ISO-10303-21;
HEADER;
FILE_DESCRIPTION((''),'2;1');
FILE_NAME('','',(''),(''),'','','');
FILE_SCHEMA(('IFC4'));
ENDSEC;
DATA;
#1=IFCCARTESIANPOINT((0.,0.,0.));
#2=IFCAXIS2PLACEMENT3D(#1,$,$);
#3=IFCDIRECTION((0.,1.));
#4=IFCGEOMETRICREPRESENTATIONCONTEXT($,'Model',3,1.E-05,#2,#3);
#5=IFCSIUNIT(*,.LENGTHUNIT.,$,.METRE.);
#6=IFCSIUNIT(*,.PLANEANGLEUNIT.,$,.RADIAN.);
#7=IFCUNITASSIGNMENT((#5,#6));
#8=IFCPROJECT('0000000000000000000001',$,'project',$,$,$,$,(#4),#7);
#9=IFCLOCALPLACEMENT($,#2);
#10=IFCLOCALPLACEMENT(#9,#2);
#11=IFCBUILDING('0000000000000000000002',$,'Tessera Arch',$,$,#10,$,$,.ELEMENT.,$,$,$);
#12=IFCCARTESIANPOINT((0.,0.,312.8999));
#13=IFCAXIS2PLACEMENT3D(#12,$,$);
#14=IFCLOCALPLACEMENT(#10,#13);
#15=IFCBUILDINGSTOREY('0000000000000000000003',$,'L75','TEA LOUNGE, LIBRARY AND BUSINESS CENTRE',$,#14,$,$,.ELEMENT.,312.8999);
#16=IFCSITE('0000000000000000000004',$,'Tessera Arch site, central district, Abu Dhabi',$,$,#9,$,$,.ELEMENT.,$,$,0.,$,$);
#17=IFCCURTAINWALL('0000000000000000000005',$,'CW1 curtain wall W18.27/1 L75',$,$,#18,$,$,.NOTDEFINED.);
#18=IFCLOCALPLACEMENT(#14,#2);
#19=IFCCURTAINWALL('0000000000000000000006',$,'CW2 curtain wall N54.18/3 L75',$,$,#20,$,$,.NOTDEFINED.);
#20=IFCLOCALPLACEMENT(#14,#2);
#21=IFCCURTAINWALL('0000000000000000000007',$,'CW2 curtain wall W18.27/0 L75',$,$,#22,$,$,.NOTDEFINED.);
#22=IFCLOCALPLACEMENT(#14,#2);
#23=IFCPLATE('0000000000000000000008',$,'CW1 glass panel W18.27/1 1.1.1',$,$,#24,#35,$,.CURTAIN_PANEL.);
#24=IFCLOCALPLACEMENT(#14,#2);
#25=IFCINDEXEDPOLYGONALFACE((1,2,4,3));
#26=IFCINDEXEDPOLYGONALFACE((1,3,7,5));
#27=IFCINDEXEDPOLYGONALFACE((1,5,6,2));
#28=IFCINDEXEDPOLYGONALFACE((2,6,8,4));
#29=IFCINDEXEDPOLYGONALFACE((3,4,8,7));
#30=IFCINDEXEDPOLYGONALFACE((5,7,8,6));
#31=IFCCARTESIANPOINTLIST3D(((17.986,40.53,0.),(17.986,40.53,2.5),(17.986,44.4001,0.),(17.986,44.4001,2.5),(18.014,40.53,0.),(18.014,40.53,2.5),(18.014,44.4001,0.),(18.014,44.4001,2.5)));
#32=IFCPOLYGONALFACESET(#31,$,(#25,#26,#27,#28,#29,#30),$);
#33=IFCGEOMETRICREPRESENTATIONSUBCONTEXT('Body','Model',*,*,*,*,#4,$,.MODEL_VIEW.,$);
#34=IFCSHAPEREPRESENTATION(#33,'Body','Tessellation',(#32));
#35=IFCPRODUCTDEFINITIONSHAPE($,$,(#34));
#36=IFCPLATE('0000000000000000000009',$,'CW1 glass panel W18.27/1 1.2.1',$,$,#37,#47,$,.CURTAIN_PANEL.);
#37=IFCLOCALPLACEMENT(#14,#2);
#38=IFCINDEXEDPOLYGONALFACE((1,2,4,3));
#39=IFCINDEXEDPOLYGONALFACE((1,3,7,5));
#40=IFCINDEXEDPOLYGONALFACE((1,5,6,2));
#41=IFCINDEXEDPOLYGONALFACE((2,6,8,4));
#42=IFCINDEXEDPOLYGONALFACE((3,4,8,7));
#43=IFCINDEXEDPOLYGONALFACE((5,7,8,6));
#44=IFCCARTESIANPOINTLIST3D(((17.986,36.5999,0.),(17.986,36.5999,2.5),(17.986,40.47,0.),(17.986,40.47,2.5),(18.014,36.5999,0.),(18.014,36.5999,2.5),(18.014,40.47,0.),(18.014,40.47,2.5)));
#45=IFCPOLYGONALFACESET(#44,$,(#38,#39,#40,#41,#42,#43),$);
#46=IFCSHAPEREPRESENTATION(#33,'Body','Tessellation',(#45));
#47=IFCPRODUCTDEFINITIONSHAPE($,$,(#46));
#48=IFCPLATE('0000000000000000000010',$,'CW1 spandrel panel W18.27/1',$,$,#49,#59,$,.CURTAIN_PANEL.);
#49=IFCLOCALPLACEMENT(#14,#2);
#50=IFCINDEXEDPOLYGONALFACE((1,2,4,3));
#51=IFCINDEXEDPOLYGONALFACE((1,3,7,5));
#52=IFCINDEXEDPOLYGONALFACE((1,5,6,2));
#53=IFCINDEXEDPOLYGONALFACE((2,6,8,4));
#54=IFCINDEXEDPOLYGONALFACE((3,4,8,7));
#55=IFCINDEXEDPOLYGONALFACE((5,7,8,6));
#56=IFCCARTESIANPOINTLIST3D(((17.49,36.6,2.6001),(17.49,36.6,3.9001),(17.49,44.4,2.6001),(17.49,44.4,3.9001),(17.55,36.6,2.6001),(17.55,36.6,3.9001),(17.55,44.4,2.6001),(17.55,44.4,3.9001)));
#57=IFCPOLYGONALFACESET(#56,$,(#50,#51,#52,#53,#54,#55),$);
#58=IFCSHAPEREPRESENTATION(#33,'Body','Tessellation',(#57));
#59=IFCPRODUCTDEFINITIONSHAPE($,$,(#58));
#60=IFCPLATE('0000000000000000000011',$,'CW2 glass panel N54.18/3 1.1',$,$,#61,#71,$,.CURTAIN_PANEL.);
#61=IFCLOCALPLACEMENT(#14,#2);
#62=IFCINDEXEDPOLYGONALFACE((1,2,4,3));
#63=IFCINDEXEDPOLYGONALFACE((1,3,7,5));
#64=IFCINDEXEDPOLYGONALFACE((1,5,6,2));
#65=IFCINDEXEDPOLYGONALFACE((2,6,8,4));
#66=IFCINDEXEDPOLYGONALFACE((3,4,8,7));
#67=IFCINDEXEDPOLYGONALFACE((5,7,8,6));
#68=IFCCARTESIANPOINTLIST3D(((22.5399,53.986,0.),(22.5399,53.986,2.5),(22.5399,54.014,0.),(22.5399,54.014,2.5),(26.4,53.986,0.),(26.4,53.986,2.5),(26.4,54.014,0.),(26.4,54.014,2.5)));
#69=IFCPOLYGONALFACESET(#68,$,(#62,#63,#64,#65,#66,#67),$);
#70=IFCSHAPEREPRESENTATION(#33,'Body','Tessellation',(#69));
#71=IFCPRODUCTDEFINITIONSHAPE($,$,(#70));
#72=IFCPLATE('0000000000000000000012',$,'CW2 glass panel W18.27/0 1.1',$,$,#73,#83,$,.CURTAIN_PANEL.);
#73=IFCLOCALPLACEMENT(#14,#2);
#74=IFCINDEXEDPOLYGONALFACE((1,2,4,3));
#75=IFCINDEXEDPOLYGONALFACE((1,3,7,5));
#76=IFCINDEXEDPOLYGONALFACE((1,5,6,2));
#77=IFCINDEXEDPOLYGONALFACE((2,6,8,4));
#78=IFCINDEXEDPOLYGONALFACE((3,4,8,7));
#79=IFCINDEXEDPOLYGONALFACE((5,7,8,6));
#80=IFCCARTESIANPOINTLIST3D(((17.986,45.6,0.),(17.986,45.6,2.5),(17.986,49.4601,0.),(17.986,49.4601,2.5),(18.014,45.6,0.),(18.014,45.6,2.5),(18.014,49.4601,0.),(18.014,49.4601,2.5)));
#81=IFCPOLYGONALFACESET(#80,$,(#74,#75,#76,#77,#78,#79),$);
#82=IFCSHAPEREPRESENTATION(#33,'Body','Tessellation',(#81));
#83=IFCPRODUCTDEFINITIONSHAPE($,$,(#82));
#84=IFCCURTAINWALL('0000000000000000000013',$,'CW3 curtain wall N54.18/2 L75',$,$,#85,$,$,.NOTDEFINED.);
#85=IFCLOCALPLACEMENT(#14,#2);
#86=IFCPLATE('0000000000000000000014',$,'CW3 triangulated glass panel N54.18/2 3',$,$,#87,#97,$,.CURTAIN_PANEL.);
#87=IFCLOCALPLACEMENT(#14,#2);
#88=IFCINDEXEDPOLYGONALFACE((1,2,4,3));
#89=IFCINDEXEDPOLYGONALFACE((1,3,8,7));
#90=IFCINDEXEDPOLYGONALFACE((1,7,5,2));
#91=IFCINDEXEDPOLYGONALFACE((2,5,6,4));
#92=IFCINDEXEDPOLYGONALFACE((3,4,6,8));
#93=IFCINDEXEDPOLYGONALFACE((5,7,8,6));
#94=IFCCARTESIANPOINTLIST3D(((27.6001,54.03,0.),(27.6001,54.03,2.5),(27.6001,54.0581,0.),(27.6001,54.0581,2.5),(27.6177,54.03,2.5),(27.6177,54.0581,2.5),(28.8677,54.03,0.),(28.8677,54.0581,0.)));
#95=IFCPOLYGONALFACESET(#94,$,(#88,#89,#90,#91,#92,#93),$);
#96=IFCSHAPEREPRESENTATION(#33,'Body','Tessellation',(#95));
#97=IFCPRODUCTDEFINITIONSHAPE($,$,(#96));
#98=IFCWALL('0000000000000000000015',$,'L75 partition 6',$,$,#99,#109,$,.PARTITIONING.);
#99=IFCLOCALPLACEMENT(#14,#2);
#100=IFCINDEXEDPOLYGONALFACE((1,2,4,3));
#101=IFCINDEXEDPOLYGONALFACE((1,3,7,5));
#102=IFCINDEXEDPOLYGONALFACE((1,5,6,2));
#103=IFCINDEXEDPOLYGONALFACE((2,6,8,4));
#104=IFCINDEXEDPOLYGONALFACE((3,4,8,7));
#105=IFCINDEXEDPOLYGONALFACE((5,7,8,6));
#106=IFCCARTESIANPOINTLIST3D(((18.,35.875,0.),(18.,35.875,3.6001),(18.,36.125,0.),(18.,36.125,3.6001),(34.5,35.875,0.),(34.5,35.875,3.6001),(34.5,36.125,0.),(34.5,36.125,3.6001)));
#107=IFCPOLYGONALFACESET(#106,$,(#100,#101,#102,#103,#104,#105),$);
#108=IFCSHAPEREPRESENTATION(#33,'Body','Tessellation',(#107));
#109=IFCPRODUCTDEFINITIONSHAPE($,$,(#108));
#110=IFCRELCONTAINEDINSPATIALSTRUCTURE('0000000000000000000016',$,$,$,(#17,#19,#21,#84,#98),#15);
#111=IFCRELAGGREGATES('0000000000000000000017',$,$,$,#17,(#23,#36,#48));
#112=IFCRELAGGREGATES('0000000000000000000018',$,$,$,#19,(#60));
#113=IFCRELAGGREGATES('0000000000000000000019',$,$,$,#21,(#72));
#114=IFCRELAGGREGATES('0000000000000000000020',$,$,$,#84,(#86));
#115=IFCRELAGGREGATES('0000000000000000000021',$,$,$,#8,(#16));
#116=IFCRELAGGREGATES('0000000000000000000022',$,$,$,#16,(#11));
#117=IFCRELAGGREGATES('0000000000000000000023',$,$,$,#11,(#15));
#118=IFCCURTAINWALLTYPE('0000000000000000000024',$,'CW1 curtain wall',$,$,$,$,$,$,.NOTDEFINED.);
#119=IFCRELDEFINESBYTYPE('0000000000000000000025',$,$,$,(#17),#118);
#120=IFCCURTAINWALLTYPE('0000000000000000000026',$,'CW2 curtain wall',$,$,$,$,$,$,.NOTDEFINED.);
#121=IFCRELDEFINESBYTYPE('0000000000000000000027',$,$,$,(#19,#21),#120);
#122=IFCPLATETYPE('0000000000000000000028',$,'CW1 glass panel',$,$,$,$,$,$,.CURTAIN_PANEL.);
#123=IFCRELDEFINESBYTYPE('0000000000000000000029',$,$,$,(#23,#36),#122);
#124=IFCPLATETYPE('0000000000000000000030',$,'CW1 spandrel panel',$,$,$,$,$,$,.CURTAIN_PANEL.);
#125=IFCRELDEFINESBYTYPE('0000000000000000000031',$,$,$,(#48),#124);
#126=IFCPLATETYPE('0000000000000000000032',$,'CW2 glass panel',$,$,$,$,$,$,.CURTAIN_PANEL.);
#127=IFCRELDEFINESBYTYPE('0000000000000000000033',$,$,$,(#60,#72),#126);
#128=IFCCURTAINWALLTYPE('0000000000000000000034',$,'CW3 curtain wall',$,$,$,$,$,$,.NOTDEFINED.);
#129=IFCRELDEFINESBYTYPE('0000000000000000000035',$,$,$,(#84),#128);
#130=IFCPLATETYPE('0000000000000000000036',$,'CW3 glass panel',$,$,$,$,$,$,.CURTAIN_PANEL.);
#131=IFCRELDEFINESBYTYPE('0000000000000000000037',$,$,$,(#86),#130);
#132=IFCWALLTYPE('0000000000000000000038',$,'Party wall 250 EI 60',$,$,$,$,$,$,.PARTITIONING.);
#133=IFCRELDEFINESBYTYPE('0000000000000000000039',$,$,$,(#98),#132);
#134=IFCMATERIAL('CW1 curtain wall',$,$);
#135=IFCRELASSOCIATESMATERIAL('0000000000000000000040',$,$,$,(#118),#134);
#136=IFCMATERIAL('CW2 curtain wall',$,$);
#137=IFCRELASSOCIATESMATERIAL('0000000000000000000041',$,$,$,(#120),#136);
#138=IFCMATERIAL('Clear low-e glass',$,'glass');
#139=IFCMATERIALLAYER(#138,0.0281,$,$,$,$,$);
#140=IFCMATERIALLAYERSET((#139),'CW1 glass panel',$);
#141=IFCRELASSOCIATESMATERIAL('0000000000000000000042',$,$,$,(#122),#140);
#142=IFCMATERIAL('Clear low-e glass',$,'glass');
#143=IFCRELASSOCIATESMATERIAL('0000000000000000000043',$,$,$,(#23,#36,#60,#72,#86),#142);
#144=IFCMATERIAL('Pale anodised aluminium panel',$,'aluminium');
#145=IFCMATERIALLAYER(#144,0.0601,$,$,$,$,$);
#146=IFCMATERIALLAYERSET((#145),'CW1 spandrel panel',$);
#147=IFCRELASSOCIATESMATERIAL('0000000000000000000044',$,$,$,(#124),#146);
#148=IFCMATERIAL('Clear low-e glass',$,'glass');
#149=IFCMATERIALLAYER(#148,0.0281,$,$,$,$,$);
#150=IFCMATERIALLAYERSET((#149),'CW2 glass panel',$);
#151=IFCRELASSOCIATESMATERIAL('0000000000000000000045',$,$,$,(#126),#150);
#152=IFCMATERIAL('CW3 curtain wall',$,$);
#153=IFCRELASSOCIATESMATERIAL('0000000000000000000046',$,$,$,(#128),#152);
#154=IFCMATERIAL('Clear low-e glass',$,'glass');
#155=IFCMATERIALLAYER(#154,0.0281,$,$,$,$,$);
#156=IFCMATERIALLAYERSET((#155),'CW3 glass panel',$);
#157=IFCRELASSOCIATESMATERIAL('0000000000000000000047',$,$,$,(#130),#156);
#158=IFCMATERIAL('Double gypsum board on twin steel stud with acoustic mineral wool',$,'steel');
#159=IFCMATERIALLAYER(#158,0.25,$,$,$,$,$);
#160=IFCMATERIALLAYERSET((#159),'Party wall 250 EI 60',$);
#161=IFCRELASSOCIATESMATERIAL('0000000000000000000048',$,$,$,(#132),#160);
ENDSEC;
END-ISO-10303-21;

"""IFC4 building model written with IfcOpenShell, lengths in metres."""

from ifc_helpers import new_model, si_unit, direction, frame, frame_2d, origin, origin_2d, place, context, subcontext, project, spatial, polyline, rectangle, outline, extrude, material, layer, layer_set, type_object, element, aggregate, save


model = new_model("IFC4")

# Units and contexts
model_context = context("Model", 3, precision=1e-05, world=origin(), true_north=direction((0.0, 1.0)))
body_context = subcontext(model_context, "Body", "Model", "MODEL_VIEW")
ifc_project = project(units=[si_unit("LENGTHUNIT", "METRE"), si_unit("PLANEANGLEUNIT", "RADIAN")], contexts=[model_context])

# Site, building, storey
site_placement = place(None, origin())
site = spatial("IfcSite", under=ifc_project, at=site_placement, Name="Tessera Arch site, central district, Abu Dhabi", CompositionType="ELEMENT", RefElevation=0.0)
building_placement = place(site_placement, origin())
building = spatial("IfcBuilding", under=site, at=building_placement, Name="Tessera Arch", CompositionType="ELEMENT")
storey_placement = place(building_placement, frame((0.0, 0.0, 312.8999)))
storey = spatial("IfcBuildingStorey", under=building, at=storey_placement, Name="L75", Description="TEA LOUNGE, LIBRARY AND BUSINESS CENTRE", CompositionType="ELEMENT", Elevation=312.8999)

# Curtain wall
ifc_material_1 = material(Name="CW1 curtain wall")
curtain_wall_type_1 = type_object("IfcCurtainWallType", Name="CW1 curtain wall", PredefinedType="NOTDEFINED", material=ifc_material_1)
curtain_wall_1_placement = place(storey_placement, origin())
curtain_wall_1 = element("IfcCurtainWall", 1, at=curtain_wall_1_placement, inside=storey, type_object=curtain_wall_type_1, Name="CW1 curtain wall W18.27/1 L75", PredefinedType="NOTDEFINED")

# Curtain walls
ifc_material_2 = material(Name="CW2 curtain wall")
curtain_wall_type_2 = type_object("IfcCurtainWallType", Name="CW2 curtain wall", PredefinedType="NOTDEFINED", material=ifc_material_2)
curtain_wall_2_placement = place(storey_placement, origin())
curtain_wall_2 = element("IfcCurtainWall", 2, at=curtain_wall_2_placement, inside=storey, type_object=curtain_wall_type_2, Name="CW2 curtain wall N54.18/3 L75", PredefinedType="NOTDEFINED")
curtain_wall_3_placement = place(storey_placement, origin())
curtain_wall_3 = element("IfcCurtainWall", 3, at=curtain_wall_3_placement, inside=storey, type_object=curtain_wall_type_2, Name="CW2 curtain wall W18.27/0 L75", PredefinedType="NOTDEFINED")

# Plates
ifc_material_3 = material(Name="Clear low-e glass", Category="glass")
ifc_material_4 = material(Name="Clear low-e glass", Category="glass")
ifc_layer_1 = layer(ifc_material_4, 0.0281)
ifc_layer_set_1 = layer_set([ifc_layer_1], Name="CW1 glass panel")
plate_type_1 = type_object("IfcPlateType", Name="CW1 glass panel", PredefinedType="CURTAIN_PANEL", material=ifc_layer_set_1)
plate_1_placement = place(storey_placement, frame((18.0, 42.4651, 0.0), z_axis=(0.0, 0.0, 1.0), x_axis=(0.0, -1.0, 0.0)))
plate_1 = element("IfcPlate", 4, at=plate_1_placement, type_object=plate_type_1, material=ifc_material_3, Name="CW1 glass panel W18.27/1 1.1.1", PredefinedType="CURTAIN_PANEL", context=body_context, shape_type="SweptSolid", body=[
    extrude(rectangle(XDim=3.8701, YDim=0.0281, at=origin_2d()), origin(), (0.0, 0.0, 1.0), 2.5),
])
plate_2_placement = place(storey_placement, frame((18.0, 38.5349, 0.0), z_axis=(0.0, 0.0, 1.0), x_axis=(0.0, -1.0, 0.0)))
plate_2 = element("IfcPlate", 5, at=plate_2_placement, type_object=plate_type_1, material=ifc_material_3, Name="CW1 glass panel W18.27/1 1.2.1", PredefinedType="CURTAIN_PANEL", context=body_context, shape_type="SweptSolid", body=[
    extrude(rectangle(XDim=3.8701, YDim=0.0281, at=origin_2d()), origin(), (0.0, 0.0, 1.0), 2.5),
])
ifc_material_5 = material(Name="Pale anodised aluminium panel", Category="aluminium")
ifc_layer_2 = layer(ifc_material_5, 0.0601)
ifc_layer_set_2 = layer_set([ifc_layer_2], Name="CW1 spandrel panel")
plate_type_2 = type_object("IfcPlateType", Name="CW1 spandrel panel", PredefinedType="CURTAIN_PANEL", material=ifc_layer_set_2)
plate_3_placement = place(storey_placement, frame((17.52, 40.5, 2.6001), z_axis=(0.0, 0.0, 1.0), x_axis=(0.0, -1.0, 0.0)))
plate_3 = element("IfcPlate", 6, at=plate_3_placement, type_object=plate_type_2, Name="CW1 spandrel panel W18.27/1", PredefinedType="CURTAIN_PANEL", context=body_context, shape_type="SweptSolid", body=[
    extrude(rectangle(XDim=7.8, YDim=0.0601, at=origin_2d()), origin(), (0.0, 0.0, 1.0), 1.3),
])
aggregate(curtain_wall_1, [plate_1, plate_2, plate_3])
ifc_material_6 = material(Name="Clear low-e glass", Category="glass")
ifc_layer_3 = layer(ifc_material_6, 0.0281)
ifc_layer_set_3 = layer_set([ifc_layer_3], Name="CW2 glass panel")
plate_type_3 = type_object("IfcPlateType", Name="CW2 glass panel", PredefinedType="CURTAIN_PANEL", material=ifc_layer_set_3)
plate_4_placement = place(storey_placement, frame((24.47, 54.0, 0.0), z_axis=(0.0, 0.0, 1.0), x_axis=(-1.0, 0.0, 0.0)))
plate_4 = element("IfcPlate", 7, at=plate_4_placement, type_object=plate_type_3, material=ifc_material_3, Name="CW2 glass panel N54.18/3 1.1", PredefinedType="CURTAIN_PANEL", context=body_context, shape_type="SweptSolid", body=[
    extrude(rectangle(XDim=3.8601, YDim=0.0281, at=origin_2d()), origin(), (0.0, 0.0, 1.0), 2.5),
])
aggregate(curtain_wall_2, [plate_4])
plate_5_placement = place(storey_placement, frame((18.0, 47.53, 0.0), z_axis=(0.0, 0.0, 1.0), x_axis=(0.0, -1.0, 0.0)))
plate_5 = element("IfcPlate", 8, at=plate_5_placement, type_object=plate_type_3, material=ifc_material_3, Name="CW2 glass panel W18.27/0 1.1", PredefinedType="CURTAIN_PANEL", context=body_context, shape_type="SweptSolid", body=[
    extrude(rectangle(XDim=3.8601, YDim=0.0281, at=origin_2d()), origin(), (0.0, 0.0, 1.0), 2.5),
])
aggregate(curtain_wall_3, [plate_5])

# Curtain wall, plate
ifc_material_7 = material(Name="CW3 curtain wall")
curtain_wall_type_3 = type_object("IfcCurtainWallType", Name="CW3 curtain wall", PredefinedType="NOTDEFINED", material=ifc_material_7)
curtain_wall_4_placement = place(storey_placement, origin())
curtain_wall_4 = element("IfcCurtainWall", 9, at=curtain_wall_4_placement, inside=storey, type_object=curtain_wall_type_3, Name="CW3 curtain wall N54.18/2 L75", PredefinedType="NOTDEFINED")
ifc_material_8 = material(Name="Clear low-e glass", Category="glass")
ifc_layer_4 = layer(ifc_material_8, 0.0281)
ifc_layer_set_4 = layer_set([ifc_layer_4], Name="CW3 glass panel")
plate_type_4 = type_object("IfcPlateType", Name="CW3 glass panel", PredefinedType="CURTAIN_PANEL", material=ifc_layer_set_4)
plate_6_placement = place(storey_placement, frame((27.6001, 54.0581, 2.5), z_axis=(0.0, 1.0, 0.0), x_axis=(1.0, 0.0, 0.0)))
plate_6 = element("IfcPlate", 10, at=plate_6_placement, type_object=plate_type_4, material=ifc_material_3, Name="CW3 triangulated glass panel N54.18/2 3", PredefinedType="CURTAIN_PANEL", context=body_context, shape_type="SweptSolid", body=[
    extrude(outline(polyline([(0.0, 0.0), (0.0176, 0.0), (1.2676, 2.5), (0.0, 2.5), (0.0, 0.0)])), origin(), (0.0, 0.0, -1.0), 0.0281),
])
aggregate(curtain_wall_4, [plate_6])

# Wall
ifc_material_9 = material(Name="Double gypsum board on twin steel stud with acoustic mineral wool", Category="steel")
ifc_layer_5 = layer(ifc_material_9, 0.25)
ifc_layer_set_5 = layer_set([ifc_layer_5], Name="Party wall 250 EI 60")
wall_type = type_object("IfcWallType", Name="Party wall 250 EI 60", PredefinedType="PARTITIONING", material=ifc_layer_set_5)
wall_placement = place(storey_placement, frame((18.0, 36.0, 0.0), z_axis=(0.0, 0.0, 1.0), x_axis=(1.0, 0.0, 0.0)))
element("IfcWall", 11, at=wall_placement, inside=storey, type_object=wall_type, Name="L75 partition 6", PredefinedType="PARTITIONING", context=body_context, shape_type="SweptSolid", body=[
    extrude(rectangle(XDim=16.5, YDim=0.25, at=frame_2d((8.25, 0.0))), origin(), (0.0, 0.0, 1.0), 3.6001),
])

save(model, "model.ifc")
